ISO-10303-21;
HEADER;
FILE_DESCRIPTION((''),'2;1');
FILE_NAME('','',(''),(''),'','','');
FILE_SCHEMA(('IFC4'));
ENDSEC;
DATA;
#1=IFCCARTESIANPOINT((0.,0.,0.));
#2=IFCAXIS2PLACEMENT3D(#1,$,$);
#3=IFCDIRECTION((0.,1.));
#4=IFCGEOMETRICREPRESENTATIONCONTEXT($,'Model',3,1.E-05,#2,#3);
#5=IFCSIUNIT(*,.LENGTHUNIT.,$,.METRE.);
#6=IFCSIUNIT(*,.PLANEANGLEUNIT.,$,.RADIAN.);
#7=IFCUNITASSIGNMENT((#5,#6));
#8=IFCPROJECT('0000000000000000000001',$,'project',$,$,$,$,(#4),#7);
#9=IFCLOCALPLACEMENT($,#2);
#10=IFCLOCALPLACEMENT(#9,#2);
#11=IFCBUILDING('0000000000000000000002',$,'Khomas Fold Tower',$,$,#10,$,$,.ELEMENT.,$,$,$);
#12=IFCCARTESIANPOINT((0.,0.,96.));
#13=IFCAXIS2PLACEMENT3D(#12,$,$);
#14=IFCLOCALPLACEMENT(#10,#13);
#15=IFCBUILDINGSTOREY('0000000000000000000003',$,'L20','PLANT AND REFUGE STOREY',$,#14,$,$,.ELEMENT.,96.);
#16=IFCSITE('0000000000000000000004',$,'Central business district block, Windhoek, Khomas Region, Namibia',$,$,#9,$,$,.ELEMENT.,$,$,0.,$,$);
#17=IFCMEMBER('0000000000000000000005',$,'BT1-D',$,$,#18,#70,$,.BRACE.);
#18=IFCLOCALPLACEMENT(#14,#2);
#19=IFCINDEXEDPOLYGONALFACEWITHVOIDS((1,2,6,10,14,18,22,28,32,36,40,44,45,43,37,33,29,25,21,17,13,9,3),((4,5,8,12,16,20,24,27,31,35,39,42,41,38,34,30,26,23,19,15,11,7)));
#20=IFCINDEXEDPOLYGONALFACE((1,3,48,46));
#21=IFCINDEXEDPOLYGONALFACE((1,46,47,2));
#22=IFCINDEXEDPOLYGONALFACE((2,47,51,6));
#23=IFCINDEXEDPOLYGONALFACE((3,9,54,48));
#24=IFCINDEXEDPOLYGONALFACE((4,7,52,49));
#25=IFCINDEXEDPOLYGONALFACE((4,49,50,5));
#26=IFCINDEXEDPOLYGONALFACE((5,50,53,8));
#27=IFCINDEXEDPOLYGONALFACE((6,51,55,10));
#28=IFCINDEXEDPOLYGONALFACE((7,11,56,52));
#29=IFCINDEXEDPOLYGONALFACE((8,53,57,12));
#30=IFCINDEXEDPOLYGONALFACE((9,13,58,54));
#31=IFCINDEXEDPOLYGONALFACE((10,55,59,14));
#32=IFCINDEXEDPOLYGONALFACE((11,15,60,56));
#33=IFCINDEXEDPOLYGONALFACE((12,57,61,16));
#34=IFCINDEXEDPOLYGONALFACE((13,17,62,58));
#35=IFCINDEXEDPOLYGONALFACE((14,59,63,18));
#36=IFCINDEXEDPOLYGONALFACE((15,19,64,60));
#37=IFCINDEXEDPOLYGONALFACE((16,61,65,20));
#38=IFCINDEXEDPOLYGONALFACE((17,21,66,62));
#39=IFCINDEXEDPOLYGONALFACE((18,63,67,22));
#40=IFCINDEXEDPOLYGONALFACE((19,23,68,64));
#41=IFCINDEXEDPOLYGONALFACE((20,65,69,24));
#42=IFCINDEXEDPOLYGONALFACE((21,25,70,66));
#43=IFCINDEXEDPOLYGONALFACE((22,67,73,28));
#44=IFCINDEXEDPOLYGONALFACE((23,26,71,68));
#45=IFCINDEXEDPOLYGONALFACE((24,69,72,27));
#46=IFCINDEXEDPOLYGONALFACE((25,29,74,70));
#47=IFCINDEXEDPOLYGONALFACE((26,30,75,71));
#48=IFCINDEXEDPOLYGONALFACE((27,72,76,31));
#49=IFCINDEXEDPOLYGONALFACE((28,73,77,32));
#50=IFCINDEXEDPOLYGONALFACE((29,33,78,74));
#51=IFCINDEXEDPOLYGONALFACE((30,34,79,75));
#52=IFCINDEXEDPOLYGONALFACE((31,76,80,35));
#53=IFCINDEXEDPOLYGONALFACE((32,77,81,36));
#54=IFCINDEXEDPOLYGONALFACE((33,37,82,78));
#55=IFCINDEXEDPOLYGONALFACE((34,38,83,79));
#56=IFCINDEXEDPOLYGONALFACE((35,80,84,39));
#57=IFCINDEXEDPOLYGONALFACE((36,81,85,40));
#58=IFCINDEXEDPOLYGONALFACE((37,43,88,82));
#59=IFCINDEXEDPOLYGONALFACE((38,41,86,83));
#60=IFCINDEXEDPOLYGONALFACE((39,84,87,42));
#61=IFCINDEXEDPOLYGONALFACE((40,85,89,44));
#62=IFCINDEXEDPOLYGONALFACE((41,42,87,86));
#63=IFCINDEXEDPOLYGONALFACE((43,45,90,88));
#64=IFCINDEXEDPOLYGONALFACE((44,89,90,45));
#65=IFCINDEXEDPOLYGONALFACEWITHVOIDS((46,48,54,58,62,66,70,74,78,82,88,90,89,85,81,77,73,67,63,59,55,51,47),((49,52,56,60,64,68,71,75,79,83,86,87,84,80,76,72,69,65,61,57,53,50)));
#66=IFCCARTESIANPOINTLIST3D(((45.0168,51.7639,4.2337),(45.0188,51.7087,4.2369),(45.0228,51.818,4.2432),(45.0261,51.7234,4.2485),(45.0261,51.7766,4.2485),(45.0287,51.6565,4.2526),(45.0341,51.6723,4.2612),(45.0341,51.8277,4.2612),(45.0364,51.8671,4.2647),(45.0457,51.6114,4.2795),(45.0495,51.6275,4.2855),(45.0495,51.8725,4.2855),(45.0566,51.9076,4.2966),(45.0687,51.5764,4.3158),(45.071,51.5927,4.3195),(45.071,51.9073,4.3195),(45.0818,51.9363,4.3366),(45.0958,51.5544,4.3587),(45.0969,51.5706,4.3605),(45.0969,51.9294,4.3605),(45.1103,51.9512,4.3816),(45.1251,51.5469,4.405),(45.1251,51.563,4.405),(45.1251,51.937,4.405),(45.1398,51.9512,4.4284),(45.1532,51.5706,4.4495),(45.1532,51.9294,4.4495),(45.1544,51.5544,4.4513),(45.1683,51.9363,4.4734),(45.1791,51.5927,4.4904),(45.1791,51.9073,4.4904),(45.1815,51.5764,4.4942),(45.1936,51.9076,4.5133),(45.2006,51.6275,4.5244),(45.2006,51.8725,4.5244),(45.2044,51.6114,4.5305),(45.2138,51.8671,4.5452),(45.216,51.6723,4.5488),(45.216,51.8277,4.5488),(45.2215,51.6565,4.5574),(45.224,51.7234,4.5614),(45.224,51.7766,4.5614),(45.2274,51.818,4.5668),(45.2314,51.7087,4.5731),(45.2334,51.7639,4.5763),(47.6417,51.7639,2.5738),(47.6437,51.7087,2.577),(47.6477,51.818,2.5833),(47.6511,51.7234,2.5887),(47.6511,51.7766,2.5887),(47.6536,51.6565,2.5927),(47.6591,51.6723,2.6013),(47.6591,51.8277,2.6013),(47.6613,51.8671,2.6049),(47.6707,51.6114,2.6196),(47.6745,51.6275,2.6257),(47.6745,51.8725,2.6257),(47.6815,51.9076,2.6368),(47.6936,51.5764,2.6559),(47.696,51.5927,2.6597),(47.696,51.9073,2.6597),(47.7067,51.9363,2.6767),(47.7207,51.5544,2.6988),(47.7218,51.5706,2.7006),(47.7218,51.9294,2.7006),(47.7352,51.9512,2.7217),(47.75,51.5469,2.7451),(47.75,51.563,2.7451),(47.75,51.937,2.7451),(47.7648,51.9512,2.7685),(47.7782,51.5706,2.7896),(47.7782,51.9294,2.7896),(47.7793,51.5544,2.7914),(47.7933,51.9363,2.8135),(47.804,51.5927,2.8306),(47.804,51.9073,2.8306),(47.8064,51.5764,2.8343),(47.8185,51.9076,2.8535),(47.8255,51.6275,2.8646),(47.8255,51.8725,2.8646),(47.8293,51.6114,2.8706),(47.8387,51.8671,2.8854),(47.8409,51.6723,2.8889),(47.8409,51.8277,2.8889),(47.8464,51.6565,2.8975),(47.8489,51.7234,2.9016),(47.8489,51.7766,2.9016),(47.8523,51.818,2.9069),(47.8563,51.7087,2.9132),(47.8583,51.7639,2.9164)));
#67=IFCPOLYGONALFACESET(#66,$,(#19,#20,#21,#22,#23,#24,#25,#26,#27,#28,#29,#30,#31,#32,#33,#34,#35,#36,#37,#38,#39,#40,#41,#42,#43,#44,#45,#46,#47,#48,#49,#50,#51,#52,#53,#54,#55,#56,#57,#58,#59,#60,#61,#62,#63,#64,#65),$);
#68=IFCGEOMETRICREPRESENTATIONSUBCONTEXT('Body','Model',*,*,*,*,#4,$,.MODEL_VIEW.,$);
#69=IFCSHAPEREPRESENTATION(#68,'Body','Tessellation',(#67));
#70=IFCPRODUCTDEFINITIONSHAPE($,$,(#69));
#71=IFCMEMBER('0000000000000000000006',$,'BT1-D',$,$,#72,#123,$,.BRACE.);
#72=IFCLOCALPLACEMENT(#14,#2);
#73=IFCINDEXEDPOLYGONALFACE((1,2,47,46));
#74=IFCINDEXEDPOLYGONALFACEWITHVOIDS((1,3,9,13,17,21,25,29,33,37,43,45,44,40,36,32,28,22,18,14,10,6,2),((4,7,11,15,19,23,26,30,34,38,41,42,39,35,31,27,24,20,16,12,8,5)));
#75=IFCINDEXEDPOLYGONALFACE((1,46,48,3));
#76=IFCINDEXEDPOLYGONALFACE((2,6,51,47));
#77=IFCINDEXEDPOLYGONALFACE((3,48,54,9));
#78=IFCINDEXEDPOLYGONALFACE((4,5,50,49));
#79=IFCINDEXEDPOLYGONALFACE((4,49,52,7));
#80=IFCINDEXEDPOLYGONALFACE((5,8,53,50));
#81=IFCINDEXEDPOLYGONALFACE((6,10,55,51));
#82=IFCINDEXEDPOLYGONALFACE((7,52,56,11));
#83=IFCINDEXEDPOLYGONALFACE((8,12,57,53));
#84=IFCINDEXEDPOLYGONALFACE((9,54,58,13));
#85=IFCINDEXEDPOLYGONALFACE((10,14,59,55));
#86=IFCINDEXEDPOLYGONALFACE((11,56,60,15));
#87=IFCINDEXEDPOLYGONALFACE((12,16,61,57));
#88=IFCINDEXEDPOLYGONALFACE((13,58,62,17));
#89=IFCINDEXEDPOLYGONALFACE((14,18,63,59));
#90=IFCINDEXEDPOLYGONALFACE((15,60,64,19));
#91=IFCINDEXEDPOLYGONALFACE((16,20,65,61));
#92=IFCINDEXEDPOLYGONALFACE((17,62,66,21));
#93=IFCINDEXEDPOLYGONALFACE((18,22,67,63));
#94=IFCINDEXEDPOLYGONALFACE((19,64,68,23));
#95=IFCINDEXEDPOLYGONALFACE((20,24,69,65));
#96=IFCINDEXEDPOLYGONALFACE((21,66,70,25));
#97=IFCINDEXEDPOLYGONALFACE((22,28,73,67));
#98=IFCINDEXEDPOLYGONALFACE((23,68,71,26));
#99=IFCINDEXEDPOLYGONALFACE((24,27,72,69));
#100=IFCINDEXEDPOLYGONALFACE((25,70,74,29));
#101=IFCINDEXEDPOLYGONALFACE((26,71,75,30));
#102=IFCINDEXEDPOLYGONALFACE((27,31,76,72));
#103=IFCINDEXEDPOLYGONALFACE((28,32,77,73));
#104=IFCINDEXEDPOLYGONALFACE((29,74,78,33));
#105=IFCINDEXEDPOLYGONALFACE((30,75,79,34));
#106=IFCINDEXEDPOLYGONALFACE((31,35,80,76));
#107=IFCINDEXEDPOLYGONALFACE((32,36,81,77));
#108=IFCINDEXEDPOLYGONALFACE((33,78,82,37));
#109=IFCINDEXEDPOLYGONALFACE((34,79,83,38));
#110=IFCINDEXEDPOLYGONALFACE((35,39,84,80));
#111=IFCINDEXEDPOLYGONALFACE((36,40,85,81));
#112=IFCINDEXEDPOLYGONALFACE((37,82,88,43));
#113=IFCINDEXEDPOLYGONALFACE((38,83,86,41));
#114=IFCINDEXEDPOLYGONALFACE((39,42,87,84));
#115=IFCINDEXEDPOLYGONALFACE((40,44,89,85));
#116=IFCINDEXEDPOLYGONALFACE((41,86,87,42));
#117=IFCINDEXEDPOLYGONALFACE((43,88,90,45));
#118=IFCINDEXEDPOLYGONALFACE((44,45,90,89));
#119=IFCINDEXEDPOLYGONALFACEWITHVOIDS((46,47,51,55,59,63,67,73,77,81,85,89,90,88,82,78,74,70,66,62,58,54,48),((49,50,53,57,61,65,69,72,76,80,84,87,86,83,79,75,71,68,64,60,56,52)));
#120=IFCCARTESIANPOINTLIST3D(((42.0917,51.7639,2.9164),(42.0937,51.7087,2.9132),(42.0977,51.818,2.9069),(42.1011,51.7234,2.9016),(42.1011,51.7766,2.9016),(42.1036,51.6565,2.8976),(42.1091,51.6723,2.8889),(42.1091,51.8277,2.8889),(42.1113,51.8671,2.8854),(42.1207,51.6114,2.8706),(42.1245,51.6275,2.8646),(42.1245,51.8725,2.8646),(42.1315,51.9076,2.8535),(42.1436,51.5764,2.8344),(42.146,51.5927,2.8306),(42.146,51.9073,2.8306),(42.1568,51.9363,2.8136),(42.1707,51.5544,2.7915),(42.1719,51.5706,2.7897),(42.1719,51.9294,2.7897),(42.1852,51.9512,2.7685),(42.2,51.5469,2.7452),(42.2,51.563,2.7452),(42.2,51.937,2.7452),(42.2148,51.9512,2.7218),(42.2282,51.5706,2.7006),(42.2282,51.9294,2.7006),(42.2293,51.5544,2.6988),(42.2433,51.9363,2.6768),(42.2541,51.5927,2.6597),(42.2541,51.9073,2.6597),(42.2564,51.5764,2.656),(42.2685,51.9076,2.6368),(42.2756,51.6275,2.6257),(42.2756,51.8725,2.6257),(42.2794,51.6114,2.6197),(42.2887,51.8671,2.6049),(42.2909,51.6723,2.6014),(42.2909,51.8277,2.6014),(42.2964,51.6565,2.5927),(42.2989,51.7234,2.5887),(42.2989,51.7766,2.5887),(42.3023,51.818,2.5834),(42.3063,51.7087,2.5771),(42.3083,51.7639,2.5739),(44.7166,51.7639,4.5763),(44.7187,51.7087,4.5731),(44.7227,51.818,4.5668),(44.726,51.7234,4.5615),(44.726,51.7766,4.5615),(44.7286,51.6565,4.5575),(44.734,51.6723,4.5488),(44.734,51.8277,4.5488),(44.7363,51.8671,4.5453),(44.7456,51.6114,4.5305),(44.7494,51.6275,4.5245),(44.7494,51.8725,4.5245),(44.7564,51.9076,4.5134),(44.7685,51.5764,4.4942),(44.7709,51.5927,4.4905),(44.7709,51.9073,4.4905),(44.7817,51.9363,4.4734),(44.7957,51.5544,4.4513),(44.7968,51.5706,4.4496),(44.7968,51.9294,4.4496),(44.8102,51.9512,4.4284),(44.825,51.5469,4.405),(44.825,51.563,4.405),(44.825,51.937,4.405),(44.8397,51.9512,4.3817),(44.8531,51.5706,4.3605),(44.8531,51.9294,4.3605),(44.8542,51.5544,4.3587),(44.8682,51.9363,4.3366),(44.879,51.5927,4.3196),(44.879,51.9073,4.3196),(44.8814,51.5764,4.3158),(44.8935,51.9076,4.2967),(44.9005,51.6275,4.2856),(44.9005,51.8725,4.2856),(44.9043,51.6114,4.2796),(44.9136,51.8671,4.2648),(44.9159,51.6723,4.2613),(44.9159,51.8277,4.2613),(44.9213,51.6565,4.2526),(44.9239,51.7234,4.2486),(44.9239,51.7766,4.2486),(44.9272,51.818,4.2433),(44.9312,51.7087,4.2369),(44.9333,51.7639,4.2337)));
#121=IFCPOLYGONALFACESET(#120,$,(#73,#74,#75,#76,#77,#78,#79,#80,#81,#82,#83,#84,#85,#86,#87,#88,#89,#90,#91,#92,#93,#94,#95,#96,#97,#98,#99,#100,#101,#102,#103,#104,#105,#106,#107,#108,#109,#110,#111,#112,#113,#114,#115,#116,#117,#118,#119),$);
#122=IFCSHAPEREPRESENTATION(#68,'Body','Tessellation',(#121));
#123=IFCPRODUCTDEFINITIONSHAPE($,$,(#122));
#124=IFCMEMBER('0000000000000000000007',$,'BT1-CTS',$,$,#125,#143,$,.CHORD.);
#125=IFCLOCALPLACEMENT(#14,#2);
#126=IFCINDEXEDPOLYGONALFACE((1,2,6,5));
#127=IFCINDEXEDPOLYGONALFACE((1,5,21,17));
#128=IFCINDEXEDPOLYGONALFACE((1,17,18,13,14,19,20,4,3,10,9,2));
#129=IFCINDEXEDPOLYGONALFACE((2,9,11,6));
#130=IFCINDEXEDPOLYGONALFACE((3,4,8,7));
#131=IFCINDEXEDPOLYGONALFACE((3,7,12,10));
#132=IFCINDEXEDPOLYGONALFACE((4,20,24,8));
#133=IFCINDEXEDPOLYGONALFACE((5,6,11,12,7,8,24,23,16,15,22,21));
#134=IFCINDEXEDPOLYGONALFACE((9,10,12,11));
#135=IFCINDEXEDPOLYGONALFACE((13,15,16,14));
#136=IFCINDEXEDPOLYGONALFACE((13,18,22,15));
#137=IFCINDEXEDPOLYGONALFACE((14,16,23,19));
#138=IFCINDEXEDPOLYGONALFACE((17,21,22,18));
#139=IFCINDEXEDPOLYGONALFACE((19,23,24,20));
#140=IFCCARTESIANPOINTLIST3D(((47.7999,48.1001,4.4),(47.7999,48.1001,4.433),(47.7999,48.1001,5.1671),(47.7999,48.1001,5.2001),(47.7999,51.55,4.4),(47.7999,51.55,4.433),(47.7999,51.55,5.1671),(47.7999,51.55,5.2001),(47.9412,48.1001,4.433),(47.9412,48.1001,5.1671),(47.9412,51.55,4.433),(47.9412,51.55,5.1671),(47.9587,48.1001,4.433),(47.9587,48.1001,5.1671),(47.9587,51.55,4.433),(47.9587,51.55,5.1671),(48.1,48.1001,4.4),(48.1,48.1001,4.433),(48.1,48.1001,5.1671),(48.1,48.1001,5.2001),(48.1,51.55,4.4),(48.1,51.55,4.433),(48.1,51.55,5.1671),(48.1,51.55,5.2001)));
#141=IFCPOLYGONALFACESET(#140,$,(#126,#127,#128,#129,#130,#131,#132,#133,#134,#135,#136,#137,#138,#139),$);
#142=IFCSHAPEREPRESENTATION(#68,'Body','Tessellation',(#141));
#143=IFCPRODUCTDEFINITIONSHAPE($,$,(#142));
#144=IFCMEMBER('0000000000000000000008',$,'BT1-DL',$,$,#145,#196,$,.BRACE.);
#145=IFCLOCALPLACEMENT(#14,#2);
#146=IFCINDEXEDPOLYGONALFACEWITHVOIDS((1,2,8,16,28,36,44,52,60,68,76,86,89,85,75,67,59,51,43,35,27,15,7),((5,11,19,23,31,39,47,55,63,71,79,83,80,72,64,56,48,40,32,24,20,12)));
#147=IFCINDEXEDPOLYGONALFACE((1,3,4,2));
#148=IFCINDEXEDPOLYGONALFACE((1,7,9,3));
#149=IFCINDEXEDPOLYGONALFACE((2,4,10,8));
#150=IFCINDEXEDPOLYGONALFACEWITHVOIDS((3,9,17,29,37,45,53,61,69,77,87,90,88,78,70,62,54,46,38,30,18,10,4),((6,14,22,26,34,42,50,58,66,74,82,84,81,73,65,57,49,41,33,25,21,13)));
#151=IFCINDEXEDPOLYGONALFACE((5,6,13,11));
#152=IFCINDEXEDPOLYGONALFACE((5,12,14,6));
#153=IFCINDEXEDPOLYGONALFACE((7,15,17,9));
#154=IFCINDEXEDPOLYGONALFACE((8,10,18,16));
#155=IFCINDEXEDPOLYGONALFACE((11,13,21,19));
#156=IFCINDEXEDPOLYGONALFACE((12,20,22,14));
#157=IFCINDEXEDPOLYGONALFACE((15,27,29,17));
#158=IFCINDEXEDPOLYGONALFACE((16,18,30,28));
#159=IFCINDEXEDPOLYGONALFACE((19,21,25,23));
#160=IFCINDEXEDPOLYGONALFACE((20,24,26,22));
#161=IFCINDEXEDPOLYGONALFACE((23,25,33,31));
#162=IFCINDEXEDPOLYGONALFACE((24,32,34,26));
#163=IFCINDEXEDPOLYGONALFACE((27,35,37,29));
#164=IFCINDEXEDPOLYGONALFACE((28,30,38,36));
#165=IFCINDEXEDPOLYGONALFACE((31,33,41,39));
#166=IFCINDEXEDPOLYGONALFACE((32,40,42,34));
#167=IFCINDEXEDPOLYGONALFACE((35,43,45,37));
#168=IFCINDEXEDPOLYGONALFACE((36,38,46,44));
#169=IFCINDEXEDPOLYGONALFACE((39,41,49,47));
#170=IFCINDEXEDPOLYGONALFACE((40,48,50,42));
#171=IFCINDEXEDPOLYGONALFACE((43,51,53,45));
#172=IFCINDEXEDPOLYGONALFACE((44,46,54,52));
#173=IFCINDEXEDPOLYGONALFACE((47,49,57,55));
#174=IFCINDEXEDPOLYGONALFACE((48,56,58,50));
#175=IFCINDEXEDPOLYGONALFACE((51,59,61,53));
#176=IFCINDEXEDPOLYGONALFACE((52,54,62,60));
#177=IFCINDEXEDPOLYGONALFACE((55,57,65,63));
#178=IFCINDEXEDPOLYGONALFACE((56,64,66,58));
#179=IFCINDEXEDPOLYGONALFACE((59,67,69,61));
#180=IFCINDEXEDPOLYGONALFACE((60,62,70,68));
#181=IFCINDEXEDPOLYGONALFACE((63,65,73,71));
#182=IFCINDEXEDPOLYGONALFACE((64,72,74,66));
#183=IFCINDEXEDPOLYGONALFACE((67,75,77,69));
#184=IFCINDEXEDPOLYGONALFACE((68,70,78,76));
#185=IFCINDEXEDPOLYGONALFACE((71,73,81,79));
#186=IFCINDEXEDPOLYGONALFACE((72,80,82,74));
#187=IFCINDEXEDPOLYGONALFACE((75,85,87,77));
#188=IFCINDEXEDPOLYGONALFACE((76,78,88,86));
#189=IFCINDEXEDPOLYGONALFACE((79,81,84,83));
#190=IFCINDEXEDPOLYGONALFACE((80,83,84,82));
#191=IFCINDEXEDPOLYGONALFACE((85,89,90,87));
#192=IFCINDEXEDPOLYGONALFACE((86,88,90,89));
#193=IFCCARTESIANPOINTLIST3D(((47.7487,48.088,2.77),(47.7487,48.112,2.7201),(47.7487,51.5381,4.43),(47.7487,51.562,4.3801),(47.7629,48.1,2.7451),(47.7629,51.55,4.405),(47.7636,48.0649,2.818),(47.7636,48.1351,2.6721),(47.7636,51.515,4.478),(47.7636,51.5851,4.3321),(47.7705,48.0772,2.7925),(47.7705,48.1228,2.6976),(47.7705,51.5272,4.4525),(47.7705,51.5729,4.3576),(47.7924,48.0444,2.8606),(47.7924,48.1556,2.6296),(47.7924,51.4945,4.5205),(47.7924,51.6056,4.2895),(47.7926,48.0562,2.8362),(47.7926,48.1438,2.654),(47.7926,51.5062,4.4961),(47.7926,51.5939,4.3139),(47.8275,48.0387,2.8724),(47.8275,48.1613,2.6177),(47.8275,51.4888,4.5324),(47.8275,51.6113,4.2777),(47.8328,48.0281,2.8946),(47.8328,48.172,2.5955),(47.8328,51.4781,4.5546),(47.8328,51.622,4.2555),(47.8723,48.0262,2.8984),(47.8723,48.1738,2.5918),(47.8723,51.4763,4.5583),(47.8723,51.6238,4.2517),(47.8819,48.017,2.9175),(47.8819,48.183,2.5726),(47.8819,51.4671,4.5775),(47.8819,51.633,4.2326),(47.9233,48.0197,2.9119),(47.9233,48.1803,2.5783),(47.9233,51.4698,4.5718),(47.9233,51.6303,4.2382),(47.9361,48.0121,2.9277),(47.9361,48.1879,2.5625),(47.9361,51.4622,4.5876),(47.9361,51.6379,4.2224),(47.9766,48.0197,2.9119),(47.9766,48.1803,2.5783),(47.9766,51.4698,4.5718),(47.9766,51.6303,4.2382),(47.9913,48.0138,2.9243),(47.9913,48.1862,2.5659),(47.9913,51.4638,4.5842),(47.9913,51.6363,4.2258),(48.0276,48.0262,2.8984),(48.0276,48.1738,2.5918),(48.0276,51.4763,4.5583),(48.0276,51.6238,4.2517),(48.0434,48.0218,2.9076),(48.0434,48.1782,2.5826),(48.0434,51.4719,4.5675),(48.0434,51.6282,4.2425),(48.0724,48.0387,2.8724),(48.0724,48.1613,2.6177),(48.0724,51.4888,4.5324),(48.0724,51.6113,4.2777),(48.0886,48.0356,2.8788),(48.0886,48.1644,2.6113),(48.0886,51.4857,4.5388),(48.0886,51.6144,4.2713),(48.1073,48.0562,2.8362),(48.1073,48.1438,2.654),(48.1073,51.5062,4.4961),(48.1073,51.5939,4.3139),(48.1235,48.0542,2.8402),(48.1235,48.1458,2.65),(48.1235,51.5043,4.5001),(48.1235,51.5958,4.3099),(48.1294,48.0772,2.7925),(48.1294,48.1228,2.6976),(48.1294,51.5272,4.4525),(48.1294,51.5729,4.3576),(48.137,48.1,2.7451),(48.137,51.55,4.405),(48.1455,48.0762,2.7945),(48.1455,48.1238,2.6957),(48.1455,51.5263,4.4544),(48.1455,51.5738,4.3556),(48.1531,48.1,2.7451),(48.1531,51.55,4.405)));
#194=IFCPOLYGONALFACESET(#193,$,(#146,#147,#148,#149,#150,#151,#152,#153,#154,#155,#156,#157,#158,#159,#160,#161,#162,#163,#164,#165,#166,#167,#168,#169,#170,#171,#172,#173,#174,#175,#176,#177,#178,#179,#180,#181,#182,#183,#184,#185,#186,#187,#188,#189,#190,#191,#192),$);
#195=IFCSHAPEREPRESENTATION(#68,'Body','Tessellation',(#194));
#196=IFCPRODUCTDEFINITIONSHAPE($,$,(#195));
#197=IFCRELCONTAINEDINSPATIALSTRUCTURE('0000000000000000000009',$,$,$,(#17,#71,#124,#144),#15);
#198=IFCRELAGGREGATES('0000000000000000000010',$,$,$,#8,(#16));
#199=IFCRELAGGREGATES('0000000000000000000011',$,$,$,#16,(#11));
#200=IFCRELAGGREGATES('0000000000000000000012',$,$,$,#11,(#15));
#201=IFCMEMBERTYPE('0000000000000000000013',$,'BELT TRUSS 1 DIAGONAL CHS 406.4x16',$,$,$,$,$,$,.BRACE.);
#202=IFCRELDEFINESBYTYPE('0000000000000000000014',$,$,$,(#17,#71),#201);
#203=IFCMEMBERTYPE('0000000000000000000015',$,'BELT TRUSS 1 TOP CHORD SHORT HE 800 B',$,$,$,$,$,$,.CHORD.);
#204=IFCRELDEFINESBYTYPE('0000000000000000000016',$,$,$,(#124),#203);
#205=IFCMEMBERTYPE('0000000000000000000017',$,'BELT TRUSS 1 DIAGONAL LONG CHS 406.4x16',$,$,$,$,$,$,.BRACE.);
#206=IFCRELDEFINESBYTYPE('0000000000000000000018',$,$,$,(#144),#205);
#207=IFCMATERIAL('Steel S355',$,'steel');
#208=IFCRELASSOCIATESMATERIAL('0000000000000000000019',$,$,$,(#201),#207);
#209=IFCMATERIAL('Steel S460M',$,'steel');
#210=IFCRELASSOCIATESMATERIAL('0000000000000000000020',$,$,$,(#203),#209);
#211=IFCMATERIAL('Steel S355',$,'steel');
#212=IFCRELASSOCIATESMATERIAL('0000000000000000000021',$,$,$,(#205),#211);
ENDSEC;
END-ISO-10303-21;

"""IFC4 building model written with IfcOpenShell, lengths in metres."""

from ifc_helpers import new_model, si_unit, direction, frame, origin, origin_2d, place, context, subcontext, project, spatial, hollow_circle, i_section, extrude, source, transform, mapped, material, material_profile, profile_set, type_object, element, save


model = new_model("IFC4")

# Units and contexts
model_context = context("Model", 3, precision=1e-05, world=origin(), true_north=direction((0.0, 1.0)))
body_context = subcontext(model_context, "Body", "Model", "MODEL_VIEW")
ifc_project = project(units=[si_unit("LENGTHUNIT", "METRE"), si_unit("PLANEANGLEUNIT", "RADIAN")], contexts=[model_context])

# Site, building, storey
site_placement = place(None, origin())
site = spatial("IfcSite", under=ifc_project, at=site_placement, Name="Central business district block, Windhoek, Khomas Region, Namibia", CompositionType="ELEMENT", RefElevation=0.0)
building_placement = place(site_placement, origin())
building = spatial("IfcBuilding", under=site, at=building_placement, Name="Khomas Fold Tower", CompositionType="ELEMENT")
storey_placement = place(building_placement, frame((0.0, 0.0, 96.0)))
storey = spatial("IfcBuildingStorey", under=building, at=storey_placement, Name="L20", Description="PLANT AND REFUGE STOREY", CompositionType="ELEMENT", Elevation=96.0)

# Members
ifc_material_1 = material(Name="Steel S355", Category="steel")
ifc_material_profile_1 = material_profile(ifc_material_1, hollow_circle(Radius=0.2031, WallThickness=0.0161, at=origin_2d()), Name="CHS 406.4x16")
ifc_profile_set_1 = profile_set([ifc_material_profile_1], Name="Steel S355")
member_type_1 = type_object("IfcMemberType", Name="BELT TRUSS 1 DIAGONAL CHS 406.4x16", PredefinedType="BRACE", material=ifc_profile_set_1)
shared_shape_1 = source(origin(), body_context, "Body", "SweptSolid", [
    extrude(hollow_circle(Radius=0.2031, WallThickness=0.0161, at=origin_2d()), origin(), (0.0, 0.0, 1.0), 3.1057),
])
for number, where, z_axis, x_axis, name in (
    (1, (47.75, 51.75, 2.7451), (-0.845196, 0.0, 0.534457), (0.0, -1.0, 0.0), "BT1-D"),
    (2, (44.825, 51.75, 4.405), (-0.845196, 0.0, -0.534457), (0.0, -1.0, 0.0), "BT1-D"),
):
    element("IfcMember", number, at=place(storey_placement, frame(where, z_axis=z_axis, x_axis=x_axis)), inside=storey, type_object=member_type_1, Name=name, PredefinedType="BRACE", context=body_context, shape_type="MappedRepresentation", body=[
        mapped(shared_shape_1, transform((0.0, 0.0, 0.0))),
    ])
ifc_material_2 = material(Name="Steel S460M", Category="steel")
ifc_material_profile_2 = material_profile(ifc_material_2, i_section(OverallWidth=0.3, OverallDepth=0.8, WebThickness=0.0176, FlangeThickness=0.033, at=origin_2d()), Name="HE 800 B")
ifc_profile_set_2 = profile_set([ifc_material_profile_2], Name="Steel S460M")
member_type_2 = type_object("IfcMemberType", Name="BELT TRUSS 1 TOP CHORD SHORT HE 800 B", PredefinedType="CHORD", material=ifc_profile_set_2)
shared_shape_2 = source(origin(), body_context, "Body", "SweptSolid", [
    extrude(i_section(OverallWidth=0.3, OverallDepth=0.8, WebThickness=0.0176, FlangeThickness=0.033, at=origin_2d()), origin(), (0.0, 0.0, 1.0), 3.45),
])
member_1_placement = place(storey_placement, frame((47.95, 51.55, 4.8), z_axis=(0.0, -1.0, 0.0), x_axis=(1.0, 0.0, 0.0)))
element("IfcMember", 3, at=member_1_placement, inside=storey, type_object=member_type_2, Name="BT1-CTS", PredefinedType="CHORD", context=body_context, shape_type="MappedRepresentation", body=[
    mapped(shared_shape_2, transform((0.0, 0.0, 0.0))),
])
ifc_material_3 = material(Name="Steel S355", Category="steel")
ifc_material_profile_3 = material_profile(ifc_material_3, hollow_circle(Radius=0.2031, WallThickness=0.0161, at=origin_2d()), Name="CHS 406.4x16")
ifc_profile_set_3 = profile_set([ifc_material_profile_3], Name="Steel S355")
member_type_3 = type_object("IfcMemberType", Name="BELT TRUSS 1 DIAGONAL LONG CHS 406.4x16", PredefinedType="BRACE", material=ifc_profile_set_3)
shared_shape_3 = source(origin(), body_context, "Body", "SweptSolid", [
    extrude(hollow_circle(Radius=0.2031, WallThickness=0.0161, at=origin_2d()), origin(), (0.0, 0.0, 1.0), 3.8286),
])
member_2_placement = place(storey_placement, frame((47.95, 51.55, 4.405), z_axis=(0.0, -0.901122, -0.433566), x_axis=(1.0, 0.0, 0.0)))
element("IfcMember", 4, at=member_2_placement, inside=storey, type_object=member_type_3, Name="BT1-DL", PredefinedType="BRACE", context=body_context, shape_type="MappedRepresentation", body=[
    mapped(shared_shape_3, transform((0.0, 0.0, 0.0))),
])

save(model, "model.ifc")
